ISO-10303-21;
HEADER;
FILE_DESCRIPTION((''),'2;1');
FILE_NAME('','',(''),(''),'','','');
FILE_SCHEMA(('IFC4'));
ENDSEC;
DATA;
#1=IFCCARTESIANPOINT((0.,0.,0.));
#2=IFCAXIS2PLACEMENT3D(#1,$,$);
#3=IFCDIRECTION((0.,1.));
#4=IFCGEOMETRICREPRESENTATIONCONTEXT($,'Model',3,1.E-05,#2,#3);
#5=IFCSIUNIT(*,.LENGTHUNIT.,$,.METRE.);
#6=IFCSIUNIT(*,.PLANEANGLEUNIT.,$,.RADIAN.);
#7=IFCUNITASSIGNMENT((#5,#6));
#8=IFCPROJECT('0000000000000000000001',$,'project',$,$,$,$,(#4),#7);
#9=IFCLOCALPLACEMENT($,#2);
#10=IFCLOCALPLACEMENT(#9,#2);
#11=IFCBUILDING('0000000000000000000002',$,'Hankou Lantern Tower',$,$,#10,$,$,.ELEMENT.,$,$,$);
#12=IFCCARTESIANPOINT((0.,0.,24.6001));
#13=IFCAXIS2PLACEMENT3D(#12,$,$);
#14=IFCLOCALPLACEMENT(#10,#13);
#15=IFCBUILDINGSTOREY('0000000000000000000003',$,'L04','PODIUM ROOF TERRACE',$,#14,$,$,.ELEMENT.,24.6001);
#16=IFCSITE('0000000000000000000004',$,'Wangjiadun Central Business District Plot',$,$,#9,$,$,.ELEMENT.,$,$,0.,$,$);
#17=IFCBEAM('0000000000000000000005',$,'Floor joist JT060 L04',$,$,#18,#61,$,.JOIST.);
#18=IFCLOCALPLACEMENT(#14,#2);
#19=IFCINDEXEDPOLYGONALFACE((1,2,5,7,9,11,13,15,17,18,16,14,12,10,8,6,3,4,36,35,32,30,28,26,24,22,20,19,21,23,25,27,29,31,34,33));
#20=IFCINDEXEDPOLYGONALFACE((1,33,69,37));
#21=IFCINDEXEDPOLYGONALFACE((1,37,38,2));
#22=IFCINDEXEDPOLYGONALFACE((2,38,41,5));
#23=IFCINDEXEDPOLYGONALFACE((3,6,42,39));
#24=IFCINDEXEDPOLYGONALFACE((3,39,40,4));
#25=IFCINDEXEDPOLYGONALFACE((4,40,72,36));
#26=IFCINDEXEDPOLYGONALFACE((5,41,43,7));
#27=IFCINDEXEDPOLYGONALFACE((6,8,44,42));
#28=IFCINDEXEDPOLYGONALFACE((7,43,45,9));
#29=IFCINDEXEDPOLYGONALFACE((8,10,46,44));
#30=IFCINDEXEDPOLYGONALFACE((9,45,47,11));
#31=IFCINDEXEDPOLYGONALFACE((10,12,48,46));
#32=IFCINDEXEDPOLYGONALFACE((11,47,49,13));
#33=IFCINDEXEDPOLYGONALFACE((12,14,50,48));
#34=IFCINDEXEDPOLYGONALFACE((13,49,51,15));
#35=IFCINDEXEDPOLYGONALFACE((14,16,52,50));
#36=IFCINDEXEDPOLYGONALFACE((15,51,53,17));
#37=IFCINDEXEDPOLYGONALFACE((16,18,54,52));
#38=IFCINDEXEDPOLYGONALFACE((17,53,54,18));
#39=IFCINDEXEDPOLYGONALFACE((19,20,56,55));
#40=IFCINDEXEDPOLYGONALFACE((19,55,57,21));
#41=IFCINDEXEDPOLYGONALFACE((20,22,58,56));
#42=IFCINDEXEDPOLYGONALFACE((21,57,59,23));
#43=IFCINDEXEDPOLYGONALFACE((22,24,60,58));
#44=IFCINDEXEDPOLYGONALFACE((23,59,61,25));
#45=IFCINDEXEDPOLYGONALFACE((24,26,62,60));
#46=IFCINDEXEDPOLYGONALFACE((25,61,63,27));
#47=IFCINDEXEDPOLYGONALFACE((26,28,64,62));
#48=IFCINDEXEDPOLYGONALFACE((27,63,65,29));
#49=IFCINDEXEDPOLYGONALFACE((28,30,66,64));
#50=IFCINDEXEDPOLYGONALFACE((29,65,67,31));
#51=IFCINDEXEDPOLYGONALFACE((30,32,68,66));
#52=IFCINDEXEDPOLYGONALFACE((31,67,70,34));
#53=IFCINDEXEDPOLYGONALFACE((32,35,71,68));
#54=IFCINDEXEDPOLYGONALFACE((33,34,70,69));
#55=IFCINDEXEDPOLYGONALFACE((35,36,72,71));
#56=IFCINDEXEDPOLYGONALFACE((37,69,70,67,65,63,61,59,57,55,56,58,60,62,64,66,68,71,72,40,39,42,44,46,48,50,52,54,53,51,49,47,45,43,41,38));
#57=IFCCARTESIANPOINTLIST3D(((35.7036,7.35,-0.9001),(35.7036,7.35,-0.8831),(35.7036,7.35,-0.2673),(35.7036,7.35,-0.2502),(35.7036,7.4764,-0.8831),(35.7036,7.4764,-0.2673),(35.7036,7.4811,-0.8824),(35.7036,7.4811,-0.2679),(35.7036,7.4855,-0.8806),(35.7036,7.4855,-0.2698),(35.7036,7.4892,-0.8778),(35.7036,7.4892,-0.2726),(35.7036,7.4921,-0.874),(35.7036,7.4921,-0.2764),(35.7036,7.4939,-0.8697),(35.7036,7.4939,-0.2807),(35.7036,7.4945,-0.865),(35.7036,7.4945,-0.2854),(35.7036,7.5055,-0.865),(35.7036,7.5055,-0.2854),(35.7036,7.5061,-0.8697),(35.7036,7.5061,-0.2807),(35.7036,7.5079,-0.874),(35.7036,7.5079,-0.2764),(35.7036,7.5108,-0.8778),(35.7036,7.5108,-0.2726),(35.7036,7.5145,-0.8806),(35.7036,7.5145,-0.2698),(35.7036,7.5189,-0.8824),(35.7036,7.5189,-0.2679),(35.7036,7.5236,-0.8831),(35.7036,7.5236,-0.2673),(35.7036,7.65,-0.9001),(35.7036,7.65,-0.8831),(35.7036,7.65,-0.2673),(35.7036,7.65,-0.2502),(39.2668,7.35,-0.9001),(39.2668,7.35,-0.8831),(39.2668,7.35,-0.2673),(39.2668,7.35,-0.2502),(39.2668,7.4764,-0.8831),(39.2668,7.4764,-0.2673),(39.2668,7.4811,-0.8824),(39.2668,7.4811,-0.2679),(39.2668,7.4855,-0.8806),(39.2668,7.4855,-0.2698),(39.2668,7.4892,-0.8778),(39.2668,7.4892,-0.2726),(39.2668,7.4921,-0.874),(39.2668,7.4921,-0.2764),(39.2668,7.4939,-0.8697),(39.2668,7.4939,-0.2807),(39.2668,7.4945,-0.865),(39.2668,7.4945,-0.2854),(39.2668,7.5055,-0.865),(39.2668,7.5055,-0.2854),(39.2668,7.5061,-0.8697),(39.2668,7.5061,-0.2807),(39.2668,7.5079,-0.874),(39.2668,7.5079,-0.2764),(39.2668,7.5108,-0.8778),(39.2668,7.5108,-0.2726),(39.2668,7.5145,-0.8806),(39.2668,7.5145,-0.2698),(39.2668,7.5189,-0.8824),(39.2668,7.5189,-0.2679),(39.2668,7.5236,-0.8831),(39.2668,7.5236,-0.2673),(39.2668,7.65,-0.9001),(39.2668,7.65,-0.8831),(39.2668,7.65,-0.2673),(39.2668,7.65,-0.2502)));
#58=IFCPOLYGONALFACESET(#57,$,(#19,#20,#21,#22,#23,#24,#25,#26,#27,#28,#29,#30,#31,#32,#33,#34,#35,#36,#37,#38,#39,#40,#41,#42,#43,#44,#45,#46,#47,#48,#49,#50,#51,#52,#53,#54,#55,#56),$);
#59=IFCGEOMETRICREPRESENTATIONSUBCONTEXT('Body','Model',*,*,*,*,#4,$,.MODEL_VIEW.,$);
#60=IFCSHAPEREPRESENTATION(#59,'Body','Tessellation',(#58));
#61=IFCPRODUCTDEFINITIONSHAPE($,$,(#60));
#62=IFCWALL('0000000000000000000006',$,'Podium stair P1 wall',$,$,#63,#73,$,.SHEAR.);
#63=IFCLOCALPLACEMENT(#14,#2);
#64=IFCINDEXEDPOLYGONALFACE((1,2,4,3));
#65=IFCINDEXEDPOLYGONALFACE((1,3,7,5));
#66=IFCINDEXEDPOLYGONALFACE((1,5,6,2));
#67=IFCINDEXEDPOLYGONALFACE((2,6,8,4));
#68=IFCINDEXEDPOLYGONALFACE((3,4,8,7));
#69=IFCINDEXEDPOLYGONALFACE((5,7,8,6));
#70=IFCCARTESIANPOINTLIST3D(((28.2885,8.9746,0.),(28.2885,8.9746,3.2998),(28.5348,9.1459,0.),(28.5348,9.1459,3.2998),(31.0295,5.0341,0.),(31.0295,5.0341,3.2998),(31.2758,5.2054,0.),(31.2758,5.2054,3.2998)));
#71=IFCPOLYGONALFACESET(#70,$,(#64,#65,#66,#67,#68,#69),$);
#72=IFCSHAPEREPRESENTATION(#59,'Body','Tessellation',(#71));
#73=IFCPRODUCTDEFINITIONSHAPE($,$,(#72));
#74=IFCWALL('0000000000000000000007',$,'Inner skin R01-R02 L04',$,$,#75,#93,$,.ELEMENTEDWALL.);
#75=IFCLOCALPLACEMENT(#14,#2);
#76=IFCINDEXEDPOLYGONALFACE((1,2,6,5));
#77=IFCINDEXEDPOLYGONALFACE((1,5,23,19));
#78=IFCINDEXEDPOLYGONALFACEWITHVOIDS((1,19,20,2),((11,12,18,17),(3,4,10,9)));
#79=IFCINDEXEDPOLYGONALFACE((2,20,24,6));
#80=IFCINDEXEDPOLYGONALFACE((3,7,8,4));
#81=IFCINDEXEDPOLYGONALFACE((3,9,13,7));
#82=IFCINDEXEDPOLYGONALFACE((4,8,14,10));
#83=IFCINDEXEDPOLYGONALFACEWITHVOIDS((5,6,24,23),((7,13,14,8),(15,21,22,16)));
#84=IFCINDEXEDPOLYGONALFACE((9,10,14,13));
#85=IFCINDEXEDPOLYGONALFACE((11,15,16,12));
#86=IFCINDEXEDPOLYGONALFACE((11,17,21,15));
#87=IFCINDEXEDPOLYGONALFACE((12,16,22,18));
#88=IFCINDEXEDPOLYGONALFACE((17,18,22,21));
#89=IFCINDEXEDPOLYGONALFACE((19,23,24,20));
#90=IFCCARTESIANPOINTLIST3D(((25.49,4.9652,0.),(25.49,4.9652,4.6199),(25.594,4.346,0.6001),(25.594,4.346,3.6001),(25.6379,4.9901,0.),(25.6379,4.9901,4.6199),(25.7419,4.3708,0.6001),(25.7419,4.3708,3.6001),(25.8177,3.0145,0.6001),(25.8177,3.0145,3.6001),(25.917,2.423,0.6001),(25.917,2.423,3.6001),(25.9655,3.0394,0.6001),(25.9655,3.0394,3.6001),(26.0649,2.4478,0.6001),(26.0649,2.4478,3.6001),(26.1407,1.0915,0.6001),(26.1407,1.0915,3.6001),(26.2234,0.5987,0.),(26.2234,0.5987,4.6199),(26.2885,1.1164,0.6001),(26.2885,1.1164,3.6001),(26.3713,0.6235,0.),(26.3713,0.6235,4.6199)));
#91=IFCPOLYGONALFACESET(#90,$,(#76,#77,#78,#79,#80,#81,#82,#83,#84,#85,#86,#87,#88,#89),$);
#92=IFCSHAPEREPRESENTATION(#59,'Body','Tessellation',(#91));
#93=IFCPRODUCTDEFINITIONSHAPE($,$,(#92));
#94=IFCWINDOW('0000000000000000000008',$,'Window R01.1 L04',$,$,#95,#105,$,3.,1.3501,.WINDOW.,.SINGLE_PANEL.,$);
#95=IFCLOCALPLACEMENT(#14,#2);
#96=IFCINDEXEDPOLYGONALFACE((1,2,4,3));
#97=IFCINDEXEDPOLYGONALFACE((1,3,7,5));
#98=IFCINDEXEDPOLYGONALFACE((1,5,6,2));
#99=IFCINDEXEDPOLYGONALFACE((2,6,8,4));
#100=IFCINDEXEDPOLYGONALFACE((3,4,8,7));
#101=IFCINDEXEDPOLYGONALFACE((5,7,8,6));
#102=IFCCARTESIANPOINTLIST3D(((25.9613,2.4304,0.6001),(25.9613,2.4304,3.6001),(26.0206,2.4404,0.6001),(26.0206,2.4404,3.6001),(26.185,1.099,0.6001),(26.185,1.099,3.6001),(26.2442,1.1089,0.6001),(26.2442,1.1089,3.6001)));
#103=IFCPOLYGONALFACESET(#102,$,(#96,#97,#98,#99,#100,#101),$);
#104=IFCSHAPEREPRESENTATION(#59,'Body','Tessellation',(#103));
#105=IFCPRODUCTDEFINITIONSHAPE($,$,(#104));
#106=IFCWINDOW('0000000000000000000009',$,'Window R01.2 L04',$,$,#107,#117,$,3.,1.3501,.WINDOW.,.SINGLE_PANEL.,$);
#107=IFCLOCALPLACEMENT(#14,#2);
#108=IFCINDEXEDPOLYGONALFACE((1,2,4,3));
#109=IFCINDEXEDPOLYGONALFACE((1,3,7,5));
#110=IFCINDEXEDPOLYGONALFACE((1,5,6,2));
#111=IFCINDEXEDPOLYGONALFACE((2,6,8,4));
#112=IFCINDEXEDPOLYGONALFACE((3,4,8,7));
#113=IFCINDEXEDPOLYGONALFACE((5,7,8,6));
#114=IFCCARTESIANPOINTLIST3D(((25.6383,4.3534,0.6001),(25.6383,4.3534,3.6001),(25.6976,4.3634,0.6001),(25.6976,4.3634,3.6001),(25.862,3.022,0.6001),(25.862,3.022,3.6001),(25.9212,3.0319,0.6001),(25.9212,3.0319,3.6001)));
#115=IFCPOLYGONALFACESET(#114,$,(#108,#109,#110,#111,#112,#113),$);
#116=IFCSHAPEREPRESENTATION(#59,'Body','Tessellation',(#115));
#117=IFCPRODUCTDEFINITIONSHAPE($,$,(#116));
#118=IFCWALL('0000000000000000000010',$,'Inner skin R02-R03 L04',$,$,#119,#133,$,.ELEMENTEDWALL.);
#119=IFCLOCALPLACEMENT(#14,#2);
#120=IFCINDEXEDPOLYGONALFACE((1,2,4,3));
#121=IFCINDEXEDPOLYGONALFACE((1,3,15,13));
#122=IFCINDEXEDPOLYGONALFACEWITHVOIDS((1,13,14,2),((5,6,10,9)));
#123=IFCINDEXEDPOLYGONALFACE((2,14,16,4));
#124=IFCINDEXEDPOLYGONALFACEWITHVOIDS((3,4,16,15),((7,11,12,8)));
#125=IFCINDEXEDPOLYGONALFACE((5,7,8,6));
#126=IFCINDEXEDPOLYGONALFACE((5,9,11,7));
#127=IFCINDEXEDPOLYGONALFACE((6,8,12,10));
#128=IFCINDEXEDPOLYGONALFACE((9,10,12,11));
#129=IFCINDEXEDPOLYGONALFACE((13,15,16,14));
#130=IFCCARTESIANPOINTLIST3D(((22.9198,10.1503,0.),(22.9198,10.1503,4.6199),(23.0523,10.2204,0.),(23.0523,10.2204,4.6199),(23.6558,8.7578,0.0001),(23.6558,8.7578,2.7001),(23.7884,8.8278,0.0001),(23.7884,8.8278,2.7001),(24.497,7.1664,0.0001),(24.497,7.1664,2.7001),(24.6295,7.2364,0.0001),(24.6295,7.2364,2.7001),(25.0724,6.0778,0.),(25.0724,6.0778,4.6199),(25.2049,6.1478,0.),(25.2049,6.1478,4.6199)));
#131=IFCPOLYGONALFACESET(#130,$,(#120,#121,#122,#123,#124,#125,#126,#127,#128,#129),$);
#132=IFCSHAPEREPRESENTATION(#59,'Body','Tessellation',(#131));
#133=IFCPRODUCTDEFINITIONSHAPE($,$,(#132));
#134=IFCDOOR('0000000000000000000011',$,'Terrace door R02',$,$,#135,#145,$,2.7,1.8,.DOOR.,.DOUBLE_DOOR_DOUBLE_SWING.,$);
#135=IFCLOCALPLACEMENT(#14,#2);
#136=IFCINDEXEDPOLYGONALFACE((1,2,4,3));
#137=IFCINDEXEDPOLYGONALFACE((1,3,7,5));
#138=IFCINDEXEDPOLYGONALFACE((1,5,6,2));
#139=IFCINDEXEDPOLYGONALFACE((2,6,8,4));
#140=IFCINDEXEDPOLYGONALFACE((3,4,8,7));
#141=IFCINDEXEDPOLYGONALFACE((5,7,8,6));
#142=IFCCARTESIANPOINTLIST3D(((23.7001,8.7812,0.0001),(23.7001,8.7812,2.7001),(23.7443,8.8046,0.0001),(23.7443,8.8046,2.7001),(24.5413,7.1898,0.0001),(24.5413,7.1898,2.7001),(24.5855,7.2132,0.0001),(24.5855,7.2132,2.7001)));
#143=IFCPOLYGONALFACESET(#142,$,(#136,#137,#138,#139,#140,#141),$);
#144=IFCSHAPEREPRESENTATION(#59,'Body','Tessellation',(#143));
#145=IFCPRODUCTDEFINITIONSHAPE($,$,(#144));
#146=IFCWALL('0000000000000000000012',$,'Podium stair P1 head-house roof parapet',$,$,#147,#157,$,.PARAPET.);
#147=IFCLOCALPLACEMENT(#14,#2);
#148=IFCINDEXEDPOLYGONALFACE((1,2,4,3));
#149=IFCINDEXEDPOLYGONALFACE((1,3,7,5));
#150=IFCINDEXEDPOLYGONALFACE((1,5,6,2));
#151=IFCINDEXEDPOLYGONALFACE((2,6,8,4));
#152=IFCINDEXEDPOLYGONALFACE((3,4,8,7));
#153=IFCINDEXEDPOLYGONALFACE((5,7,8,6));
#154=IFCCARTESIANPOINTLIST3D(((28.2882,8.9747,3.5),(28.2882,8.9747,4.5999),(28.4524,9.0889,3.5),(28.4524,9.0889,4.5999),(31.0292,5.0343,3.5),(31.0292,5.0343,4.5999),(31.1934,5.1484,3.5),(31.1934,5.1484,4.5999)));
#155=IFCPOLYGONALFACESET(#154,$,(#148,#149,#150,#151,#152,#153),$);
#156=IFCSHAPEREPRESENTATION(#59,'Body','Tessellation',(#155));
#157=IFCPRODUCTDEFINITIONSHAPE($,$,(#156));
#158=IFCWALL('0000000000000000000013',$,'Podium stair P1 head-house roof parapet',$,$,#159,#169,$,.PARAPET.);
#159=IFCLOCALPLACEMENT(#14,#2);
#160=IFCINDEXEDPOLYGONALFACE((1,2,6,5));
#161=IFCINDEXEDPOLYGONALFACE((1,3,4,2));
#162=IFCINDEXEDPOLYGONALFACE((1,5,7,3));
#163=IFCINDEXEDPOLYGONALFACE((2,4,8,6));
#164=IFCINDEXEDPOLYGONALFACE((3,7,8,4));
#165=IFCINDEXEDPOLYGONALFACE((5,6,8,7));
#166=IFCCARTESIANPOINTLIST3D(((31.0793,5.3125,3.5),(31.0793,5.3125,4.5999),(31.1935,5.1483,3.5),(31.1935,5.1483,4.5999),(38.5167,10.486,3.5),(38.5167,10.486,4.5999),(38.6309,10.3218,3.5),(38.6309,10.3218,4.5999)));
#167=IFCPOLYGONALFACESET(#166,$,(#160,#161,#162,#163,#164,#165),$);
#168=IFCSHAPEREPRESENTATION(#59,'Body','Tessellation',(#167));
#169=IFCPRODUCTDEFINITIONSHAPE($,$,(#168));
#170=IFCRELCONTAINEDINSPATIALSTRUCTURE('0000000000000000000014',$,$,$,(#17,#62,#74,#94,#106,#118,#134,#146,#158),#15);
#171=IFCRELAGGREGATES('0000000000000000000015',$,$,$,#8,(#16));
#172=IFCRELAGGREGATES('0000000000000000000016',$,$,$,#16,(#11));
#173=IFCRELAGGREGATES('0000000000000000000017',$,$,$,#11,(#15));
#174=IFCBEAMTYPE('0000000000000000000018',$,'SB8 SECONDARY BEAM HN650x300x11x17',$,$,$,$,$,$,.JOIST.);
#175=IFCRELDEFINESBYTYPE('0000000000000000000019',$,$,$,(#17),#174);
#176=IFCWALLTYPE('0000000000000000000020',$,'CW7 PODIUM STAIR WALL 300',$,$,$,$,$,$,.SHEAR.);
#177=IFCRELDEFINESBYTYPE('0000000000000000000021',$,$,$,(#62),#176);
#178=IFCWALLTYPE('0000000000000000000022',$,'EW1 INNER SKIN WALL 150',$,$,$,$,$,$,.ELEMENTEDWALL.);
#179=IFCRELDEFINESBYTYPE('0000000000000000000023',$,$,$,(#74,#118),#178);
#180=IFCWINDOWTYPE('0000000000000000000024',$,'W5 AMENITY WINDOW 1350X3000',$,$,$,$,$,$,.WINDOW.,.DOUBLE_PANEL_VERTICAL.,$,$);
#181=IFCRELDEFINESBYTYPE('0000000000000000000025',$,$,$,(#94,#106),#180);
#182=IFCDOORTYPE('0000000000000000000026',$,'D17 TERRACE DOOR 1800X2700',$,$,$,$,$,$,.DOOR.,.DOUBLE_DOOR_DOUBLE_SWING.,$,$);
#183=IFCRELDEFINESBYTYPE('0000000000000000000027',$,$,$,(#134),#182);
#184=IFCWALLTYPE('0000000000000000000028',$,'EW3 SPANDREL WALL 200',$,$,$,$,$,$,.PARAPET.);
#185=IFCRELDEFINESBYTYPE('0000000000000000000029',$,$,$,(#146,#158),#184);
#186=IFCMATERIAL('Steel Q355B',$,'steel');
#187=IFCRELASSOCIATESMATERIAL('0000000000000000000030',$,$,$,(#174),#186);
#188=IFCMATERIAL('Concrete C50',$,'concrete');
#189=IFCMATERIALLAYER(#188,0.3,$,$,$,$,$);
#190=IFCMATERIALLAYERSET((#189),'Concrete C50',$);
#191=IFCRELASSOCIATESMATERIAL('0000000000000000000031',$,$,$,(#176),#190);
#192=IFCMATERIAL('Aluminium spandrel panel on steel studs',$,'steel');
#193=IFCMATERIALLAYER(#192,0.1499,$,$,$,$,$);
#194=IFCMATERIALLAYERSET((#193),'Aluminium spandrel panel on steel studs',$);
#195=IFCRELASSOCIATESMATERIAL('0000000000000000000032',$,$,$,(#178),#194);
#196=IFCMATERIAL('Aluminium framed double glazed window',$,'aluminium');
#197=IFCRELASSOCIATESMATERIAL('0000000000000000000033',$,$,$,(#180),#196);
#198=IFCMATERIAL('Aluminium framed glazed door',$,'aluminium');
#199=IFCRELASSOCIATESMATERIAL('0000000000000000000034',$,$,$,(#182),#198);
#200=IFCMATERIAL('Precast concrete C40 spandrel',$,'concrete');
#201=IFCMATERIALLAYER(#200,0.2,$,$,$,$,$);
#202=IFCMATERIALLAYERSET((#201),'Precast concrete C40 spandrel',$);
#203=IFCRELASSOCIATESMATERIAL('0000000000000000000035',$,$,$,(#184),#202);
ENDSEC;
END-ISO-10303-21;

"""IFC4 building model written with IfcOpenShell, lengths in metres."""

from ifc_helpers import new_model, si_unit, direction, frame, frame_2d, origin, origin_2d, place, context, subcontext, project, spatial, rectangle, i_section, extrude, material, layer, layer_set, material_profile, profile_set, type_object, element, fill, save


model = new_model("IFC4")

# Units and contexts
model_context = context("Model", 3, precision=1e-05, world=origin(), true_north=direction((0.0, 1.0)))
body_context = subcontext(model_context, "Body", "Model", "MODEL_VIEW")
ifc_project = project(units=[si_unit("LENGTHUNIT", "METRE"), si_unit("PLANEANGLEUNIT", "RADIAN")], contexts=[model_context])

# Site, building, storey
site_placement = place(None, origin())
site = spatial("IfcSite", under=ifc_project, at=site_placement, Name="Wangjiadun Central Business District Plot", CompositionType="ELEMENT", RefElevation=0.0)
building_placement = place(site_placement, origin())
building = spatial("IfcBuilding", under=site, at=building_placement, Name="Hankou Lantern Tower", CompositionType="ELEMENT")
storey_placement = place(building_placement, frame((0.0, 0.0, 24.6001)))
storey = spatial("IfcBuildingStorey", under=building, at=storey_placement, Name="L04", Description="PODIUM ROOF TERRACE", CompositionType="ELEMENT", Elevation=24.6001)

# Beam
ifc_material_1 = material(Name="Steel Q355B", Category="steel")
ifc_material_profile_1 = material_profile(ifc_material_1, i_section(OverallWidth=0.3, OverallDepth=0.6499, WebThickness=0.011, FlangeThickness=0.0171, FilletRadius=0.0181, at=origin_2d()), Name="HN650x300x11x17")
ifc_profile_set_1 = profile_set([ifc_material_profile_1], Name="Steel Q355B")
beam_type_1 = type_object("IfcBeamType", Name="SB8 SECONDARY BEAM HN650x300x11x17", PredefinedType="JOIST", material=ifc_profile_set_1)
beam_1_placement = place(storey_placement, frame((35.7036, 7.5, -0.5752), z_axis=(1.0, 0.0, 0.0), x_axis=(0.0, 1.0, 0.0)))
element("IfcBeam", 1, at=beam_1_placement, inside=storey, type_object=beam_type_1, Name="Floor joist JT060 L04", PredefinedType="JOIST", context=body_context, shape_type="SweptSolid", body=[
    extrude(i_section(OverallWidth=0.3, OverallDepth=0.6499, WebThickness=0.011, FlangeThickness=0.0171, FilletRadius=0.0181, at=origin_2d()), origin(), (0.0, 0.0, 1.0), 3.5632),
])

# Wall
ifc_material_2 = material(Name="Concrete C50", Category="concrete")
ifc_layer_1 = layer(ifc_material_2, 0.3)
ifc_layer_set_1 = layer_set([ifc_layer_1], Name="Concrete C50")
wall_type_1 = type_object("IfcWallType", Name="CW7 PODIUM STAIR WALL 300", PredefinedType="SHEAR", material=ifc_layer_set_1)
wall_1_placement = place(storey_placement, frame((31.1526, 5.1199, 0.0), z_axis=(0.0, 0.0, 1.0), x_axis=(-0.571036, 0.820925, 0.0)))
element("IfcWall", 2, at=wall_1_placement, inside=storey, type_object=wall_type_1, Name="Podium stair P1 wall", PredefinedType="SHEAR", context=body_context, shape_type="SweptSolid", body=[
    extrude(rectangle(XDim=4.8, YDim=0.3, at=frame_2d((2.3999, 0.0))), origin(), (0.0, 0.0, 1.0), 3.2998),
])

# Wall, openings, windows
ifc_material_3 = material(Name="Aluminium spandrel panel on steel studs", Category="steel")
ifc_layer_2 = layer(ifc_material_3, 0.1499)
ifc_layer_set_2 = layer_set([ifc_layer_2], Name="Aluminium spandrel panel on steel studs")
wall_type_2 = type_object("IfcWallType", Name="EW1 INNER SKIN WALL 150", PredefinedType="ELEMENTEDWALL", material=ifc_layer_set_2)
wall_2_placement = place(storey_placement, frame((26.2974, 0.6111, 0.0), z_axis=(0.0, 0.0, 1.0), x_axis=(-0.165642, 0.986186, 0.0)))
wall_2 = element("IfcWall", 3, at=wall_2_placement, inside=storey, type_object=wall_type_2, Name="Inner skin R01-R02 L04", PredefinedType="ELEMENTEDWALL", context=body_context, shape_type="SweptSolid", body=[
    extrude(rectangle(XDim=4.4277, YDim=0.1499, at=frame_2d((2.2139, 0.0))), origin(), (0.0, 0.0, 1.0), 4.6199),
])
opening_1_placement = place(wall_2_placement, frame((0.4998, 0.0, 0.6001)))
opening_1 = element("IfcOpeningElement", 4, at=opening_1_placement, cuts=wall_2, PredefinedType="OPENING", context=body_context, shape_type="SweptSolid", body=[
    extrude(rectangle(XDim=1.3501, YDim=3.0, at=frame_2d((0.675, 1.5))), frame((0.0, 0.085, 0.0), z_axis=(0.0, -1.0, 0.0), x_axis=(1.0, 0.0, 0.0)), (0.0, 0.0, 1.0), 0.1699),
])
opening_2_placement = place(wall_2_placement, frame((2.4497, 0.0, 0.6001)))
opening_2 = element("IfcOpeningElement", 5, at=opening_2_placement, cuts=wall_2, PredefinedType="OPENING", context=body_context, shape_type="SweptSolid", body=[
    extrude(rectangle(XDim=1.3501, YDim=3.0, at=frame_2d((0.675, 1.5))), frame((0.0, 0.085, 0.0), z_axis=(0.0, -1.0, 0.0), x_axis=(1.0, 0.0, 0.0)), (0.0, 0.0, 1.0), 0.1699),
])
ifc_material_4 = material(Name="Aluminium framed double glazed window", Category="aluminium")
window_type = type_object("IfcWindowType", Name="W5 AMENITY WINDOW 1350X3000", PartitioningType="DOUBLE_PANEL_VERTICAL", PredefinedType="WINDOW", material=ifc_material_4)
window_1_placement = place(opening_1_placement, origin())
window_1 = element("IfcWindow", 6, at=window_1_placement, inside=storey, type_object=window_type, Name="Window R01.1 L04", OverallHeight=3.0, OverallWidth=1.3501, PartitioningType="SINGLE_PANEL", PredefinedType="WINDOW", context=body_context, shape_type="SweptSolid", body=[
    extrude(rectangle(XDim=1.3501, YDim=3.0, at=frame_2d((0.675, 1.5))), frame((0.0, 0.03, 0.0), z_axis=(0.0, -1.0, 0.0), x_axis=(1.0, 0.0, 0.0)), (0.0, 0.0, 1.0), 0.0601),
])
fill(opening_1, window_1)
window_2_placement = place(opening_2_placement, origin())
window_2 = element("IfcWindow", 7, at=window_2_placement, inside=storey, type_object=window_type, Name="Window R01.2 L04", OverallHeight=3.0, OverallWidth=1.3501, PartitioningType="SINGLE_PANEL", PredefinedType="WINDOW", context=body_context, shape_type="SweptSolid", body=[
    extrude(rectangle(XDim=1.3501, YDim=3.0, at=frame_2d((0.675, 1.5))), frame((0.0, 0.03, 0.0), z_axis=(0.0, -1.0, 0.0), x_axis=(1.0, 0.0, 0.0)), (0.0, 0.0, 1.0), 0.0601),
])
fill(opening_2, window_2)

# Wall, opening, door
wall_3_placement = place(storey_placement, frame((25.1387, 6.1128, 0.0), z_axis=(0.0, 0.0, 1.0), x_axis=(-0.467303, 0.884097, 0.0)))
wall_3 = element("IfcWall", 8, at=wall_3_placement, inside=storey, type_object=wall_type_2, Name="Inner skin R02-R03 L04", PredefinedType="ELEMENTEDWALL", context=body_context, shape_type="SweptSolid", body=[
    extrude(rectangle(XDim=4.6064, YDim=0.1499, at=frame_2d((2.3032, 0.0))), origin(), (0.0, 0.0, 1.0), 4.6199),
])
opening_3_placement = place(wall_3_placement, frame((1.2314, 0.0, 0.0)))
opening_3 = element("IfcOpeningElement", 9, at=opening_3_placement, cuts=wall_3, PredefinedType="OPENING", context=body_context, shape_type="SweptSolid", body=[
    extrude(rectangle(XDim=1.8, YDim=2.7, at=frame_2d((0.8999, 1.3501))), frame((0.0, 0.085, 0.0), z_axis=(0.0, -1.0, 0.0), x_axis=(1.0, 0.0, 0.0)), (0.0, 0.0, 1.0), 0.1699),
])
ifc_material_5 = material(Name="Aluminium framed glazed door", Category="aluminium")
door_type = type_object("IfcDoorType", Name="D17 TERRACE DOOR 1800X2700", OperationType="DOUBLE_DOOR_DOUBLE_SWING", PredefinedType="DOOR", material=ifc_material_5)
door_placement = place(opening_3_placement, origin())
door = element("IfcDoor", 10, at=door_placement, inside=storey, type_object=door_type, Name="Terrace door R02", OperationType="DOUBLE_DOOR_DOUBLE_SWING", OverallHeight=2.7, OverallWidth=1.8, PredefinedType="DOOR", context=body_context, shape_type="SweptSolid", body=[
    extrude(rectangle(XDim=1.8, YDim=2.7, at=frame_2d((0.8999, 1.3501))), frame((0.0, 0.0249, 0.0), z_axis=(0.0, -1.0, 0.0), x_axis=(1.0, 0.0, 0.0)), (0.0, 0.0, 1.0), 0.05),
])
fill(opening_3, door)

# Walls
ifc_material_6 = material(Name="Precast concrete C40 spandrel", Category="concrete")
ifc_layer_3 = layer(ifc_material_6, 0.2)
ifc_layer_set_3 = layer_set([ifc_layer_3], Name="Precast concrete C40 spandrel")
wall_type_3 = type_object("IfcWallType", Name="EW3 SPANDREL WALL 200", PredefinedType="PARAPET", material=ifc_layer_set_3)
wall_4_placement = place(storey_placement, frame((28.3704, 9.0317, 3.5), z_axis=(0.0, 0.0, 1.0), x_axis=(0.571036, -0.820925, 0.0)))
element("IfcWall", 11, at=wall_4_placement, inside=storey, type_object=wall_type_3, Name="Podium stair P1 head-house roof parapet", PredefinedType="PARAPET", context=body_context, shape_type="SweptSolid", body=[
    extrude(rectangle(XDim=4.8, YDim=0.2, at=frame_2d((2.3999, 0.0))), origin(), (0.0, 0.0, 1.0), 1.0999),
])
wall_5_placement = place(storey_placement, frame((31.1365, 5.2305, 3.5), z_axis=(0.0, 0.0, 1.0), x_axis=(0.820922, 0.57104, 0.0)))
element("IfcWall", 12, at=wall_5_placement, inside=storey, type_object=wall_type_3, Name="Podium stair P1 head-house roof parapet", PredefinedType="PARAPET", context=body_context, shape_type="SweptSolid", body=[
    extrude(rectangle(XDim=9.0598, YDim=0.2, at=frame_2d((4.5298, 0.0))), origin(), (0.0, 0.0, 1.0), 1.0999),
])

save(model, "model.ifc")
